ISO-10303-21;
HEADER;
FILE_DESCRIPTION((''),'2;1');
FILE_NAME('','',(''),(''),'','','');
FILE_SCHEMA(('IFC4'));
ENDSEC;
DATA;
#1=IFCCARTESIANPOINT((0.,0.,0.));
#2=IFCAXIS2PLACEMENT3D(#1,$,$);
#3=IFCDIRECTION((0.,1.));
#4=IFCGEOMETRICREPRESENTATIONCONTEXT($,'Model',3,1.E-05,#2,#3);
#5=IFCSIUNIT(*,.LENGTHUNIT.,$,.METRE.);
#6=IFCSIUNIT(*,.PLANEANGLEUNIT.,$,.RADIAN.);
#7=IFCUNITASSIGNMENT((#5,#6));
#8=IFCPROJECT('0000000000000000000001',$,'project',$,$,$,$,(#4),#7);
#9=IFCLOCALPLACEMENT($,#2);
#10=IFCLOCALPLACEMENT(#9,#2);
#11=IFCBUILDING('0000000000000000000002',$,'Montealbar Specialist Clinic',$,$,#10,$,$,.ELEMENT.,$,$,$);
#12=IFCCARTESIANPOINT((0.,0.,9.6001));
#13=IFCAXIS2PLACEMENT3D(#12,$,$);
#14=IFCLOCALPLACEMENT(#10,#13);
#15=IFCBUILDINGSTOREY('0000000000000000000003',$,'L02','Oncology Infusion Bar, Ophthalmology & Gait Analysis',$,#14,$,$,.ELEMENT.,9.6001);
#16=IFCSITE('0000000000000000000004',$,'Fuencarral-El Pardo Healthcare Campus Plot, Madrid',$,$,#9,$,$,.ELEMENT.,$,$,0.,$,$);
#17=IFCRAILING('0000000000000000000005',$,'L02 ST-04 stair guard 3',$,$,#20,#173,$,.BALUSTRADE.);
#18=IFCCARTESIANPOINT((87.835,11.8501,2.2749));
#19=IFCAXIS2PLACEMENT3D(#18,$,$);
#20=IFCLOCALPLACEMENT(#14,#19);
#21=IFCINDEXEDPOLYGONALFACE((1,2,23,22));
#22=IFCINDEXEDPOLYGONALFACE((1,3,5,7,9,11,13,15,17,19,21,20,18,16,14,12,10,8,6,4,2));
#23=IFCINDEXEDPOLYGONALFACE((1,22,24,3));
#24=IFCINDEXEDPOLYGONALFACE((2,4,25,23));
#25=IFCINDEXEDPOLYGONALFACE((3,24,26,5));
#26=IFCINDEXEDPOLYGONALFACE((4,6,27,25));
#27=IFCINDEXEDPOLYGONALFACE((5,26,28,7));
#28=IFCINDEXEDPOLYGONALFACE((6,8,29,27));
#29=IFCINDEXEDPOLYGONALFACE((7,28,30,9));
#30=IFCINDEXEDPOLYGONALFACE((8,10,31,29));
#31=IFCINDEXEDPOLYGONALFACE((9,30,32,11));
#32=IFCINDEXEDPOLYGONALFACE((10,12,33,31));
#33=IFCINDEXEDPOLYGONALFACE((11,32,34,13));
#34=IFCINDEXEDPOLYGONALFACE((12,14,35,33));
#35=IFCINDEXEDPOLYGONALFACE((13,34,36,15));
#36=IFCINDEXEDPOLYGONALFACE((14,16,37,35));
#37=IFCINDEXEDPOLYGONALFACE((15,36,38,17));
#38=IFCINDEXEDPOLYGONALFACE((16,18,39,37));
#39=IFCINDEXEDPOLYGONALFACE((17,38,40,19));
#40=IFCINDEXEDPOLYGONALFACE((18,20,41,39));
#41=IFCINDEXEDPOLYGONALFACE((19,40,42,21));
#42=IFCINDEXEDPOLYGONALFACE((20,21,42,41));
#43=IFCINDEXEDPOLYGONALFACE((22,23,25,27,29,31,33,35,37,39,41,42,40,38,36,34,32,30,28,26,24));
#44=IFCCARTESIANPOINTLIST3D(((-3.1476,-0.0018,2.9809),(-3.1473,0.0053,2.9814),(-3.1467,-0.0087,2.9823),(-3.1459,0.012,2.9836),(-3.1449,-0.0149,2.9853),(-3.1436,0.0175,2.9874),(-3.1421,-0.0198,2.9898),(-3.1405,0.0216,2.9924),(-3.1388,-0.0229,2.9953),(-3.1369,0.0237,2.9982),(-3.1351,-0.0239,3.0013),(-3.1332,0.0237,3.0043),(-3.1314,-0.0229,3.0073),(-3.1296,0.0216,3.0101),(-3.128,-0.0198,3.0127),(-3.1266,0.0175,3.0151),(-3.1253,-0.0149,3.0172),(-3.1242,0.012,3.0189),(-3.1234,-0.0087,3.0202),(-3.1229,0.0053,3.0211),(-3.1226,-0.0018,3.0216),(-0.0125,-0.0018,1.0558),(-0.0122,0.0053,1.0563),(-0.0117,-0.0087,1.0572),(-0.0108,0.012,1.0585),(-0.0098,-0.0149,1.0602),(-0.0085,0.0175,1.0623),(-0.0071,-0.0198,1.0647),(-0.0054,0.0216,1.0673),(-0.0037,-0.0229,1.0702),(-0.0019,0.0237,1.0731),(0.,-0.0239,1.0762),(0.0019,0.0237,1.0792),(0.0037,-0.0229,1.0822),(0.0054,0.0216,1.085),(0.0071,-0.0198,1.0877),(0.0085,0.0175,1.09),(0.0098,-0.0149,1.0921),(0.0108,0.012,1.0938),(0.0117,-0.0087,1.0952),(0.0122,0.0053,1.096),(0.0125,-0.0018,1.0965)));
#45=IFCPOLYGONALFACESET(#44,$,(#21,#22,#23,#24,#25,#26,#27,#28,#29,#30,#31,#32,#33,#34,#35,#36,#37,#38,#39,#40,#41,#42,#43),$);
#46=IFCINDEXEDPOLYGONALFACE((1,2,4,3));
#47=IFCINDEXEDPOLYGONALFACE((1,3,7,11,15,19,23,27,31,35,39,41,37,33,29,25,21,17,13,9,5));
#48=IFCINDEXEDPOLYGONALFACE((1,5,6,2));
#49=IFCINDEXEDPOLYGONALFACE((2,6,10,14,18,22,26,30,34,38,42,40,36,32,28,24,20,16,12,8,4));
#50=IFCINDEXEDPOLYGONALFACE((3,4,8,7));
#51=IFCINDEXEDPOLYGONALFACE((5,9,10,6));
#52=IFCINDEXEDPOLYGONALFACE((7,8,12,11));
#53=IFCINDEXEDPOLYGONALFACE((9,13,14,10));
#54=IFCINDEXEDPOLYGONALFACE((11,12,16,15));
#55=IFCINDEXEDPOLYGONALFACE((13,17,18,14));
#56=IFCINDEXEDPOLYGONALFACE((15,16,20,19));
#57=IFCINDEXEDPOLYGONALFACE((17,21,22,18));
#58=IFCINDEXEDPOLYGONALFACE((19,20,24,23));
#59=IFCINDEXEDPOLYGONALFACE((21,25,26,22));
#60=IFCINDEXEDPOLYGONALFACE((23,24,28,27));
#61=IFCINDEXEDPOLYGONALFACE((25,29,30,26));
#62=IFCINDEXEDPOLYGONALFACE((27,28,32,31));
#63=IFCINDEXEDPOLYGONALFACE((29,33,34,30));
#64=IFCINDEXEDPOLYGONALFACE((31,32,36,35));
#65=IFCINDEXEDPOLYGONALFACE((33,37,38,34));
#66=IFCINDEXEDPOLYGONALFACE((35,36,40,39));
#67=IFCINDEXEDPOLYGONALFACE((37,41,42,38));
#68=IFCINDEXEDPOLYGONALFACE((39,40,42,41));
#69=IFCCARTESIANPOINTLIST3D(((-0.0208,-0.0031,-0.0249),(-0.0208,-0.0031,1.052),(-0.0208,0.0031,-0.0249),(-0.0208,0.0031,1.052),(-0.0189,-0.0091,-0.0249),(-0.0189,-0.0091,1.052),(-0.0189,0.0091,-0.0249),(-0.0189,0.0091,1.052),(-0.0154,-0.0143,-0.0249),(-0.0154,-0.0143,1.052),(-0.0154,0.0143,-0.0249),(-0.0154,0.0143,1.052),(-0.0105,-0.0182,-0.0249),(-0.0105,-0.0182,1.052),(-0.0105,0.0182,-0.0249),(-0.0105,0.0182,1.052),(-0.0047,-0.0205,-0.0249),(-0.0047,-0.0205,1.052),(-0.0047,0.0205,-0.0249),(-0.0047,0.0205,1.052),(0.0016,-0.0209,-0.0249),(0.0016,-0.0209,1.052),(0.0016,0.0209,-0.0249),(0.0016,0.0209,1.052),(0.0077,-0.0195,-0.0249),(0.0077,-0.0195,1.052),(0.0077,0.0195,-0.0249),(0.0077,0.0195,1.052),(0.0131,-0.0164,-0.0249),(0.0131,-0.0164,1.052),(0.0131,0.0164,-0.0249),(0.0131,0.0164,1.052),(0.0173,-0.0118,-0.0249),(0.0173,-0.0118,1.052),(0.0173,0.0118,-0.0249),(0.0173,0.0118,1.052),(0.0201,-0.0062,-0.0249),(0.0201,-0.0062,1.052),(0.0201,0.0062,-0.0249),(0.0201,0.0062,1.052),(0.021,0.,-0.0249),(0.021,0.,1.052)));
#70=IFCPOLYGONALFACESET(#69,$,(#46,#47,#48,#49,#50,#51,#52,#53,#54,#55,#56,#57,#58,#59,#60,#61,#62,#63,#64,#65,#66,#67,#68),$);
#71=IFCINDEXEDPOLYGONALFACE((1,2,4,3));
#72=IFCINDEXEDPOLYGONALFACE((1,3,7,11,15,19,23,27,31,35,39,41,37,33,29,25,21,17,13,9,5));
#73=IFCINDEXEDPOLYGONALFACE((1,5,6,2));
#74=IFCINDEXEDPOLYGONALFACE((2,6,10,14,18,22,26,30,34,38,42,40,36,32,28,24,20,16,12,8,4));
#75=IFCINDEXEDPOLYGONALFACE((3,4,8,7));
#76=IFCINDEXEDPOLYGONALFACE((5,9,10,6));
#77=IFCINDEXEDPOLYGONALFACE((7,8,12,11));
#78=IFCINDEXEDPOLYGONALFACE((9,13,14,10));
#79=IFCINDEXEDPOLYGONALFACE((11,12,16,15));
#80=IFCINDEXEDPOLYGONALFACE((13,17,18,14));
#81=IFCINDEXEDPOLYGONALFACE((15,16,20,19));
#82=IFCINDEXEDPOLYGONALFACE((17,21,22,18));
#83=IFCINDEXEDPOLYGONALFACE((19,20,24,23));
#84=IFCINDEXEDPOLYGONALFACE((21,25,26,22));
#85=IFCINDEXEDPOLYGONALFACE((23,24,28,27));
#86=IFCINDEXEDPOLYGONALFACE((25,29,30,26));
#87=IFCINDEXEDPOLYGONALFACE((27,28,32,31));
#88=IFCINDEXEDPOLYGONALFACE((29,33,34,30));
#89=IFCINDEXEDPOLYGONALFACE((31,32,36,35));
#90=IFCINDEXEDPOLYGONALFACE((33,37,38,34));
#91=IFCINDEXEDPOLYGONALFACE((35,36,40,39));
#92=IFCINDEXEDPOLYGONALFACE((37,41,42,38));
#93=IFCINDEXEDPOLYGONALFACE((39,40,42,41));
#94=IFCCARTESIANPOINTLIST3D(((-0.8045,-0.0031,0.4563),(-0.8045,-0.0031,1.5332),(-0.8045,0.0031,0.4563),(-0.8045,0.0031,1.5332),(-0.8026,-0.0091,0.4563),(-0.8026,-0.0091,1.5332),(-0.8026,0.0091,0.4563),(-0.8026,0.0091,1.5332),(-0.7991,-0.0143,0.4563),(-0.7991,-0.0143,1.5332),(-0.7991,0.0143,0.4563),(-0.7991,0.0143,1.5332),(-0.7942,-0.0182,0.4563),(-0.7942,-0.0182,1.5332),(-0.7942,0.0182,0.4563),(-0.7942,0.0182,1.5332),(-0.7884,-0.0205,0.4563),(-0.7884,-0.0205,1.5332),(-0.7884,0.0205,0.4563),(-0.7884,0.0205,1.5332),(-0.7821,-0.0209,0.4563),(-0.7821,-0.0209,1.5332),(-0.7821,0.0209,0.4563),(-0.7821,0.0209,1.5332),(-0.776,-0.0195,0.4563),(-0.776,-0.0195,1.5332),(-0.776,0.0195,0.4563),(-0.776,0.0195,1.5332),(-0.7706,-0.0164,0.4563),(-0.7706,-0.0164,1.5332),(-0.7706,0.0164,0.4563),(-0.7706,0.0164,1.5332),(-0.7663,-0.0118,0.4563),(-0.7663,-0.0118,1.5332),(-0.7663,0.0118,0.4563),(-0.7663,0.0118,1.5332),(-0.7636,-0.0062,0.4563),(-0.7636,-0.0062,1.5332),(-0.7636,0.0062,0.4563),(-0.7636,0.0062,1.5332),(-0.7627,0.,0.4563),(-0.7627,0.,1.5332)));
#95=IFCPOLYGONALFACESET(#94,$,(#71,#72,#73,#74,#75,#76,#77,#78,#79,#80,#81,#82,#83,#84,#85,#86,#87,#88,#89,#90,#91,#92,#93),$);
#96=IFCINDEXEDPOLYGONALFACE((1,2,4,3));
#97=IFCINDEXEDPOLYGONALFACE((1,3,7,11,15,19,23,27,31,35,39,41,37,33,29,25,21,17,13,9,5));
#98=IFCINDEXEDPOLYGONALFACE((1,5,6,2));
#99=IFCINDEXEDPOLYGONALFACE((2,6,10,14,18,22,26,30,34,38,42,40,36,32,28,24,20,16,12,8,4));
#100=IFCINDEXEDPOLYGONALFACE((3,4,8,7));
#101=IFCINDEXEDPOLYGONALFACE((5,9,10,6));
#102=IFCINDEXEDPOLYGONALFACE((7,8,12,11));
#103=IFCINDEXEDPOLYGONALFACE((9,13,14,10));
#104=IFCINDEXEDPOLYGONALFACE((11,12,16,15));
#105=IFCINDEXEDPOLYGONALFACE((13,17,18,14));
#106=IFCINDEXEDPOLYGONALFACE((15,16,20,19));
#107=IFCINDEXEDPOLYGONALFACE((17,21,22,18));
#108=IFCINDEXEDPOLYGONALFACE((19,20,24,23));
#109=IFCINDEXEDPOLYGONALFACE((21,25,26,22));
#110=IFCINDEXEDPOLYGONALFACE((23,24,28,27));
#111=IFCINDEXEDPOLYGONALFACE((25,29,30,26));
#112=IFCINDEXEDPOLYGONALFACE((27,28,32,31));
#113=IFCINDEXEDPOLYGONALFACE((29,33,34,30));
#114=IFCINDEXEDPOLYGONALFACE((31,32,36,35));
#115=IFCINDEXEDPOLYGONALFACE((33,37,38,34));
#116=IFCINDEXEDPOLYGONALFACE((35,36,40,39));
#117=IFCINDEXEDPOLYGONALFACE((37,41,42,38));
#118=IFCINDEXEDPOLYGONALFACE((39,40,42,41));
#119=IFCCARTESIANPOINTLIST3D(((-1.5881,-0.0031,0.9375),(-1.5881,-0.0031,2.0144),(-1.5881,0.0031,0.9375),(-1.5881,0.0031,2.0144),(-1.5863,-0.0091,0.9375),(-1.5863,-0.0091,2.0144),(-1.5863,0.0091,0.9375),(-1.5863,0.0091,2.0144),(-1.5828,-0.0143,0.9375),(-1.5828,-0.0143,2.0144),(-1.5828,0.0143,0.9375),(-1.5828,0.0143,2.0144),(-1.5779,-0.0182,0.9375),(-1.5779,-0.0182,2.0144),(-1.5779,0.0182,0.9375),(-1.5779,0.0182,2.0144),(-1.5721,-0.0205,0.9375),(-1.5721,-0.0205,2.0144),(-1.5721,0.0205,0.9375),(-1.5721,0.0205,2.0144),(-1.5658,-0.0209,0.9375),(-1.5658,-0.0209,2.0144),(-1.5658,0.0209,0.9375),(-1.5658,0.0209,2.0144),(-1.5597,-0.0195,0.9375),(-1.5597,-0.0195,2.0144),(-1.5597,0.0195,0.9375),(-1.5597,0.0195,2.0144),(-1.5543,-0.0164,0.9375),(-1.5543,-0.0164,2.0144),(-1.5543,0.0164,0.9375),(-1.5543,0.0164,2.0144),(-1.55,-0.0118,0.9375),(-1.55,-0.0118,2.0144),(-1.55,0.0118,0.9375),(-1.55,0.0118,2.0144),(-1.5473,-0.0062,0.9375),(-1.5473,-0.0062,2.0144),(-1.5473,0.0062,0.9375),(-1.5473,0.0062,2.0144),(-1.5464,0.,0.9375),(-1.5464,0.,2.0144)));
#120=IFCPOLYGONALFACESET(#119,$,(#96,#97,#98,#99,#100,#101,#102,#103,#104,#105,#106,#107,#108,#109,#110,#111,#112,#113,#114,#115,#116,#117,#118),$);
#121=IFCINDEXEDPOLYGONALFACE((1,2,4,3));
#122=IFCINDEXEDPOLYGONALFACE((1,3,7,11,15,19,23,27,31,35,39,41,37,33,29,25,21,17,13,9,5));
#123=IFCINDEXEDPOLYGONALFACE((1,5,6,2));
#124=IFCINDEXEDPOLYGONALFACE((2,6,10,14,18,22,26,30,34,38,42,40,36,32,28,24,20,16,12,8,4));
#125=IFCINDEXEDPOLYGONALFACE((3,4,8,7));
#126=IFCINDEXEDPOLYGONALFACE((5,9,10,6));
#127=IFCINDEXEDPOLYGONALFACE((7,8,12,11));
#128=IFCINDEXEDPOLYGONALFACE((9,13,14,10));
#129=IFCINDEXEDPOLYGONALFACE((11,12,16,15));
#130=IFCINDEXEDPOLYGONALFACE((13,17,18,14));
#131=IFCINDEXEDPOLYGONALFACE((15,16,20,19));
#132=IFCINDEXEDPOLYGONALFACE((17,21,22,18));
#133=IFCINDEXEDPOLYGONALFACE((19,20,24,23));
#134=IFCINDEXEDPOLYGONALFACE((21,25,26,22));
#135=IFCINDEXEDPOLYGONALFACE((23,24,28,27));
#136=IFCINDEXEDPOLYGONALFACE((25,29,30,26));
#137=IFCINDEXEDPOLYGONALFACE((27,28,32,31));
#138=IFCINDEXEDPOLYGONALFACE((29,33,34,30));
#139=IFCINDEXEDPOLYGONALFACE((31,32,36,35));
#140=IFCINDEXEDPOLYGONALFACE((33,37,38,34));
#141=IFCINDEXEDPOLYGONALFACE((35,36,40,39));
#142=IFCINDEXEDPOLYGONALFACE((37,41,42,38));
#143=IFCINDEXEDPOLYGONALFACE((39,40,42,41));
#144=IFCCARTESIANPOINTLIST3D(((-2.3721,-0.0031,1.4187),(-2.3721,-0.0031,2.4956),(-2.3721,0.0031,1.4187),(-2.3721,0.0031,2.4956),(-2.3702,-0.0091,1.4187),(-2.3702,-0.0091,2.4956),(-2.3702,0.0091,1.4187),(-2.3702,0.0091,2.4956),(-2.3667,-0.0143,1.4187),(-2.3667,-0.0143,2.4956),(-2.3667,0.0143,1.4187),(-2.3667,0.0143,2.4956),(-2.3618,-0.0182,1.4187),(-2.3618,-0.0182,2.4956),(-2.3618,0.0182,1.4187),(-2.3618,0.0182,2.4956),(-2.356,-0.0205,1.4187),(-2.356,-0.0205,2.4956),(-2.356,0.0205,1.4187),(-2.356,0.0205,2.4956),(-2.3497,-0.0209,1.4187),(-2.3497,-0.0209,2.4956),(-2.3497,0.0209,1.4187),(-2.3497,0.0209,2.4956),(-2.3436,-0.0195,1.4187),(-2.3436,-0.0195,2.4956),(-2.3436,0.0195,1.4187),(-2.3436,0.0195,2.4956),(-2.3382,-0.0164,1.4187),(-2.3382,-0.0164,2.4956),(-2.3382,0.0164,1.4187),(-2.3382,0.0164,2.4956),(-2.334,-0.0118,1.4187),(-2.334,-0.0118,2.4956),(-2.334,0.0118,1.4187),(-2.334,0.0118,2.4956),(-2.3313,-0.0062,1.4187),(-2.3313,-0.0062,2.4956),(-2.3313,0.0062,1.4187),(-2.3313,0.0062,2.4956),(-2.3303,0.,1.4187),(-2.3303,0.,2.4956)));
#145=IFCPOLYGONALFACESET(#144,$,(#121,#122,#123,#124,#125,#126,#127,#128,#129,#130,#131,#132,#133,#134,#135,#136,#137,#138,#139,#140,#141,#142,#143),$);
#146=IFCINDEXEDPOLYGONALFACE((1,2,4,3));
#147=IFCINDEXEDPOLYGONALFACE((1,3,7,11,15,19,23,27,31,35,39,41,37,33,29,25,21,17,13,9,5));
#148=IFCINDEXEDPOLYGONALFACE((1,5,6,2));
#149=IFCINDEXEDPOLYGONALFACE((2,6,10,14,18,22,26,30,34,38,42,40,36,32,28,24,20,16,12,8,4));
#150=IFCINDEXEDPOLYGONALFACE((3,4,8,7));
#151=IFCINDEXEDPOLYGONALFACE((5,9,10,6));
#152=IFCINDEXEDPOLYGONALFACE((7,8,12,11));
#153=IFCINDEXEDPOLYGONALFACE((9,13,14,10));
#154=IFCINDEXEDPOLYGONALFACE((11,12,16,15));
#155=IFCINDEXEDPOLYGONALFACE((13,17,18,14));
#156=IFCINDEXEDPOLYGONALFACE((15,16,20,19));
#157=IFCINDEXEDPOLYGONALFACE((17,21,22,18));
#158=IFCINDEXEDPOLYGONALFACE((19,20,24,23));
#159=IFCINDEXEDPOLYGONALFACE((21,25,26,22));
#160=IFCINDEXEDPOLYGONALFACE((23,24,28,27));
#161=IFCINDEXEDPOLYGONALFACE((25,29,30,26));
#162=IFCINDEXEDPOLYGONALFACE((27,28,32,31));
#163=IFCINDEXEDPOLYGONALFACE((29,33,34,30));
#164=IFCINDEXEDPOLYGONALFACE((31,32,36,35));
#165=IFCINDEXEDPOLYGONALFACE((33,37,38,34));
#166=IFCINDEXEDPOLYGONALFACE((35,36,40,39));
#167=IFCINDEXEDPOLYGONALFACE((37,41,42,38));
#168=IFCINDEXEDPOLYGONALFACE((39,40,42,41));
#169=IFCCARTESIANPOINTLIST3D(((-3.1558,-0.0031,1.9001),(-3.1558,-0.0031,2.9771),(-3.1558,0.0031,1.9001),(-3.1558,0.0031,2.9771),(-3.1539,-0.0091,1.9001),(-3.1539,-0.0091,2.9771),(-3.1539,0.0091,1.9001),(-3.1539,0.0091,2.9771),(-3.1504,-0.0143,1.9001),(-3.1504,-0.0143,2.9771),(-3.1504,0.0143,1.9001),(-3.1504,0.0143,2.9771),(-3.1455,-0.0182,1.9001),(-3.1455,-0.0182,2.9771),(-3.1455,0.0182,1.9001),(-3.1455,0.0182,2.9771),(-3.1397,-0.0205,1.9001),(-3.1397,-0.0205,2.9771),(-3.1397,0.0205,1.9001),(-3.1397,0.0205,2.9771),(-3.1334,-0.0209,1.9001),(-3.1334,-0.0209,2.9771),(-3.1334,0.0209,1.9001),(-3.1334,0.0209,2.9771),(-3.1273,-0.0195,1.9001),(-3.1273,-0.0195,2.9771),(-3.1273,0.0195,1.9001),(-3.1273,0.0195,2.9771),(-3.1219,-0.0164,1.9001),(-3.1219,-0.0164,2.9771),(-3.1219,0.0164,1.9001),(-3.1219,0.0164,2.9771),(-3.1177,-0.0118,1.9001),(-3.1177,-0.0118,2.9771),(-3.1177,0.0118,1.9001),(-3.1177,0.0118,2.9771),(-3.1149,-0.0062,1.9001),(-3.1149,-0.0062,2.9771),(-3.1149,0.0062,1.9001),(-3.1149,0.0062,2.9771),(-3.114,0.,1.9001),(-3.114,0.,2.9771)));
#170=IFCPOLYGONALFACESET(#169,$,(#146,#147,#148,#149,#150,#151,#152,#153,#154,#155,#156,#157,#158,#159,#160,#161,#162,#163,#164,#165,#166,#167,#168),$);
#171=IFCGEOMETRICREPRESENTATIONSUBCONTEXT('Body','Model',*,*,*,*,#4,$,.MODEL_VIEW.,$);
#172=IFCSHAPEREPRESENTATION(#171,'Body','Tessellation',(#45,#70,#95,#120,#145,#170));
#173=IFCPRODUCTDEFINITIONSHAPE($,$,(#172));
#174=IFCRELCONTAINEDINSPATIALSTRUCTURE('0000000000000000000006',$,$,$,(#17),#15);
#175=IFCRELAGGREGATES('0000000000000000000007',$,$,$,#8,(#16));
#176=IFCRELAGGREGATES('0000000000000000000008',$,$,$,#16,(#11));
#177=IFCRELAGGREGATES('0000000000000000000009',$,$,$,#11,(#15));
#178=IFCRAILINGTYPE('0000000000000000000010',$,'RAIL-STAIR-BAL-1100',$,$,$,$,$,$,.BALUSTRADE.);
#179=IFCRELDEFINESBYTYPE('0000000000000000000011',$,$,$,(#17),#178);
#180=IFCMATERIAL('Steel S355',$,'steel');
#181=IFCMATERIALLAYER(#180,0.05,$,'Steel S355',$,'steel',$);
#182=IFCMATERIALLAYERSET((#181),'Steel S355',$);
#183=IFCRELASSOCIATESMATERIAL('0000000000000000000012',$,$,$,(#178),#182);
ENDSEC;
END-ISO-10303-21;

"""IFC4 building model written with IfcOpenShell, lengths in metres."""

from ifc_helpers import new_model, si_unit, direction, frame, origin, origin_2d, place, context, subcontext, project, spatial, circle, extrude, material, layer, layer_set, type_object, element, save


model = new_model("IFC4")

# Units and contexts
model_context = context("Model", 3, precision=1e-05, world=origin(), true_north=direction((0.0, 1.0)))
body_context = subcontext(model_context, "Body", "Model", "MODEL_VIEW")
ifc_project = project(units=[si_unit("LENGTHUNIT", "METRE"), si_unit("PLANEANGLEUNIT", "RADIAN")], contexts=[model_context])

# Site, building, storey
site_placement = place(None, origin())
site = spatial("IfcSite", under=ifc_project, at=site_placement, Name="Fuencarral-El Pardo Healthcare Campus Plot, Madrid", CompositionType="ELEMENT", RefElevation=0.0)
building_placement = place(site_placement, origin())
building = spatial("IfcBuilding", under=site, at=building_placement, Name="Montealbar Specialist Clinic", CompositionType="ELEMENT")
storey_placement = place(building_placement, frame((0.0, 0.0, 9.6001)))
storey = spatial("IfcBuildingStorey", under=building, at=storey_placement, Name="L02", Description="Oncology Infusion Bar, Ophthalmology & Gait Analysis", CompositionType="ELEMENT", Elevation=9.6001)

# Shared definitions
ifc_material_1 = material(Name="Steel S355", Category="steel")

# Railing
ifc_layer_1 = layer(ifc_material_1, 0.05, Name="Steel S355", Category="steel")
ifc_layer_set_1 = layer_set([ifc_layer_1], Name="Steel S355")
railing_type_1 = type_object("IfcRailingType", Name="RAIL-STAIR-BAL-1100", PredefinedType="BALUSTRADE", material=ifc_layer_set_1)
railing_1_placement = place(storey_placement, frame((87.835, 11.8501, 2.2749)))
element("IfcRailing", 1, at=railing_1_placement, inside=storey, type_object=railing_type_1, Name="L02 ST-04 stair guard 3", PredefinedType="BALUSTRADE", context=body_context, shape_type="SweptSolid", body=[
    extrude(circle(Radius=0.0239, at=origin_2d()), frame((0.0, 0.0, 1.0762), z_axis=(-0.852166, 0.0, 0.523271), x_axis=(0.0, -1.0, 0.0)), (0.0, 0.0, 1.0), 3.679),
    extrude(circle(Radius=0.021, at=origin_2d()), frame((0.0, 0.0, -0.0249)), (0.0, 0.0, 1.0), 1.0769),
    extrude(circle(Radius=0.021, at=origin_2d()), frame((-0.7837, 0.0, 0.4563)), (0.0, 0.0, 1.0), 1.0769),
    extrude(circle(Radius=0.021, at=origin_2d()), frame((-1.5674, 0.0, 0.9375)), (0.0, 0.0, 1.0), 1.0769),
    extrude(circle(Radius=0.021, at=origin_2d()), frame((-2.3513, 0.0, 1.4187)), (0.0, 0.0, 1.0), 1.0769),
    extrude(circle(Radius=0.021, at=origin_2d()), frame((-3.135, 0.0, 1.9001)), (0.0, 0.0, 1.0), 1.0769),
])

save(model, "model.ifc")
